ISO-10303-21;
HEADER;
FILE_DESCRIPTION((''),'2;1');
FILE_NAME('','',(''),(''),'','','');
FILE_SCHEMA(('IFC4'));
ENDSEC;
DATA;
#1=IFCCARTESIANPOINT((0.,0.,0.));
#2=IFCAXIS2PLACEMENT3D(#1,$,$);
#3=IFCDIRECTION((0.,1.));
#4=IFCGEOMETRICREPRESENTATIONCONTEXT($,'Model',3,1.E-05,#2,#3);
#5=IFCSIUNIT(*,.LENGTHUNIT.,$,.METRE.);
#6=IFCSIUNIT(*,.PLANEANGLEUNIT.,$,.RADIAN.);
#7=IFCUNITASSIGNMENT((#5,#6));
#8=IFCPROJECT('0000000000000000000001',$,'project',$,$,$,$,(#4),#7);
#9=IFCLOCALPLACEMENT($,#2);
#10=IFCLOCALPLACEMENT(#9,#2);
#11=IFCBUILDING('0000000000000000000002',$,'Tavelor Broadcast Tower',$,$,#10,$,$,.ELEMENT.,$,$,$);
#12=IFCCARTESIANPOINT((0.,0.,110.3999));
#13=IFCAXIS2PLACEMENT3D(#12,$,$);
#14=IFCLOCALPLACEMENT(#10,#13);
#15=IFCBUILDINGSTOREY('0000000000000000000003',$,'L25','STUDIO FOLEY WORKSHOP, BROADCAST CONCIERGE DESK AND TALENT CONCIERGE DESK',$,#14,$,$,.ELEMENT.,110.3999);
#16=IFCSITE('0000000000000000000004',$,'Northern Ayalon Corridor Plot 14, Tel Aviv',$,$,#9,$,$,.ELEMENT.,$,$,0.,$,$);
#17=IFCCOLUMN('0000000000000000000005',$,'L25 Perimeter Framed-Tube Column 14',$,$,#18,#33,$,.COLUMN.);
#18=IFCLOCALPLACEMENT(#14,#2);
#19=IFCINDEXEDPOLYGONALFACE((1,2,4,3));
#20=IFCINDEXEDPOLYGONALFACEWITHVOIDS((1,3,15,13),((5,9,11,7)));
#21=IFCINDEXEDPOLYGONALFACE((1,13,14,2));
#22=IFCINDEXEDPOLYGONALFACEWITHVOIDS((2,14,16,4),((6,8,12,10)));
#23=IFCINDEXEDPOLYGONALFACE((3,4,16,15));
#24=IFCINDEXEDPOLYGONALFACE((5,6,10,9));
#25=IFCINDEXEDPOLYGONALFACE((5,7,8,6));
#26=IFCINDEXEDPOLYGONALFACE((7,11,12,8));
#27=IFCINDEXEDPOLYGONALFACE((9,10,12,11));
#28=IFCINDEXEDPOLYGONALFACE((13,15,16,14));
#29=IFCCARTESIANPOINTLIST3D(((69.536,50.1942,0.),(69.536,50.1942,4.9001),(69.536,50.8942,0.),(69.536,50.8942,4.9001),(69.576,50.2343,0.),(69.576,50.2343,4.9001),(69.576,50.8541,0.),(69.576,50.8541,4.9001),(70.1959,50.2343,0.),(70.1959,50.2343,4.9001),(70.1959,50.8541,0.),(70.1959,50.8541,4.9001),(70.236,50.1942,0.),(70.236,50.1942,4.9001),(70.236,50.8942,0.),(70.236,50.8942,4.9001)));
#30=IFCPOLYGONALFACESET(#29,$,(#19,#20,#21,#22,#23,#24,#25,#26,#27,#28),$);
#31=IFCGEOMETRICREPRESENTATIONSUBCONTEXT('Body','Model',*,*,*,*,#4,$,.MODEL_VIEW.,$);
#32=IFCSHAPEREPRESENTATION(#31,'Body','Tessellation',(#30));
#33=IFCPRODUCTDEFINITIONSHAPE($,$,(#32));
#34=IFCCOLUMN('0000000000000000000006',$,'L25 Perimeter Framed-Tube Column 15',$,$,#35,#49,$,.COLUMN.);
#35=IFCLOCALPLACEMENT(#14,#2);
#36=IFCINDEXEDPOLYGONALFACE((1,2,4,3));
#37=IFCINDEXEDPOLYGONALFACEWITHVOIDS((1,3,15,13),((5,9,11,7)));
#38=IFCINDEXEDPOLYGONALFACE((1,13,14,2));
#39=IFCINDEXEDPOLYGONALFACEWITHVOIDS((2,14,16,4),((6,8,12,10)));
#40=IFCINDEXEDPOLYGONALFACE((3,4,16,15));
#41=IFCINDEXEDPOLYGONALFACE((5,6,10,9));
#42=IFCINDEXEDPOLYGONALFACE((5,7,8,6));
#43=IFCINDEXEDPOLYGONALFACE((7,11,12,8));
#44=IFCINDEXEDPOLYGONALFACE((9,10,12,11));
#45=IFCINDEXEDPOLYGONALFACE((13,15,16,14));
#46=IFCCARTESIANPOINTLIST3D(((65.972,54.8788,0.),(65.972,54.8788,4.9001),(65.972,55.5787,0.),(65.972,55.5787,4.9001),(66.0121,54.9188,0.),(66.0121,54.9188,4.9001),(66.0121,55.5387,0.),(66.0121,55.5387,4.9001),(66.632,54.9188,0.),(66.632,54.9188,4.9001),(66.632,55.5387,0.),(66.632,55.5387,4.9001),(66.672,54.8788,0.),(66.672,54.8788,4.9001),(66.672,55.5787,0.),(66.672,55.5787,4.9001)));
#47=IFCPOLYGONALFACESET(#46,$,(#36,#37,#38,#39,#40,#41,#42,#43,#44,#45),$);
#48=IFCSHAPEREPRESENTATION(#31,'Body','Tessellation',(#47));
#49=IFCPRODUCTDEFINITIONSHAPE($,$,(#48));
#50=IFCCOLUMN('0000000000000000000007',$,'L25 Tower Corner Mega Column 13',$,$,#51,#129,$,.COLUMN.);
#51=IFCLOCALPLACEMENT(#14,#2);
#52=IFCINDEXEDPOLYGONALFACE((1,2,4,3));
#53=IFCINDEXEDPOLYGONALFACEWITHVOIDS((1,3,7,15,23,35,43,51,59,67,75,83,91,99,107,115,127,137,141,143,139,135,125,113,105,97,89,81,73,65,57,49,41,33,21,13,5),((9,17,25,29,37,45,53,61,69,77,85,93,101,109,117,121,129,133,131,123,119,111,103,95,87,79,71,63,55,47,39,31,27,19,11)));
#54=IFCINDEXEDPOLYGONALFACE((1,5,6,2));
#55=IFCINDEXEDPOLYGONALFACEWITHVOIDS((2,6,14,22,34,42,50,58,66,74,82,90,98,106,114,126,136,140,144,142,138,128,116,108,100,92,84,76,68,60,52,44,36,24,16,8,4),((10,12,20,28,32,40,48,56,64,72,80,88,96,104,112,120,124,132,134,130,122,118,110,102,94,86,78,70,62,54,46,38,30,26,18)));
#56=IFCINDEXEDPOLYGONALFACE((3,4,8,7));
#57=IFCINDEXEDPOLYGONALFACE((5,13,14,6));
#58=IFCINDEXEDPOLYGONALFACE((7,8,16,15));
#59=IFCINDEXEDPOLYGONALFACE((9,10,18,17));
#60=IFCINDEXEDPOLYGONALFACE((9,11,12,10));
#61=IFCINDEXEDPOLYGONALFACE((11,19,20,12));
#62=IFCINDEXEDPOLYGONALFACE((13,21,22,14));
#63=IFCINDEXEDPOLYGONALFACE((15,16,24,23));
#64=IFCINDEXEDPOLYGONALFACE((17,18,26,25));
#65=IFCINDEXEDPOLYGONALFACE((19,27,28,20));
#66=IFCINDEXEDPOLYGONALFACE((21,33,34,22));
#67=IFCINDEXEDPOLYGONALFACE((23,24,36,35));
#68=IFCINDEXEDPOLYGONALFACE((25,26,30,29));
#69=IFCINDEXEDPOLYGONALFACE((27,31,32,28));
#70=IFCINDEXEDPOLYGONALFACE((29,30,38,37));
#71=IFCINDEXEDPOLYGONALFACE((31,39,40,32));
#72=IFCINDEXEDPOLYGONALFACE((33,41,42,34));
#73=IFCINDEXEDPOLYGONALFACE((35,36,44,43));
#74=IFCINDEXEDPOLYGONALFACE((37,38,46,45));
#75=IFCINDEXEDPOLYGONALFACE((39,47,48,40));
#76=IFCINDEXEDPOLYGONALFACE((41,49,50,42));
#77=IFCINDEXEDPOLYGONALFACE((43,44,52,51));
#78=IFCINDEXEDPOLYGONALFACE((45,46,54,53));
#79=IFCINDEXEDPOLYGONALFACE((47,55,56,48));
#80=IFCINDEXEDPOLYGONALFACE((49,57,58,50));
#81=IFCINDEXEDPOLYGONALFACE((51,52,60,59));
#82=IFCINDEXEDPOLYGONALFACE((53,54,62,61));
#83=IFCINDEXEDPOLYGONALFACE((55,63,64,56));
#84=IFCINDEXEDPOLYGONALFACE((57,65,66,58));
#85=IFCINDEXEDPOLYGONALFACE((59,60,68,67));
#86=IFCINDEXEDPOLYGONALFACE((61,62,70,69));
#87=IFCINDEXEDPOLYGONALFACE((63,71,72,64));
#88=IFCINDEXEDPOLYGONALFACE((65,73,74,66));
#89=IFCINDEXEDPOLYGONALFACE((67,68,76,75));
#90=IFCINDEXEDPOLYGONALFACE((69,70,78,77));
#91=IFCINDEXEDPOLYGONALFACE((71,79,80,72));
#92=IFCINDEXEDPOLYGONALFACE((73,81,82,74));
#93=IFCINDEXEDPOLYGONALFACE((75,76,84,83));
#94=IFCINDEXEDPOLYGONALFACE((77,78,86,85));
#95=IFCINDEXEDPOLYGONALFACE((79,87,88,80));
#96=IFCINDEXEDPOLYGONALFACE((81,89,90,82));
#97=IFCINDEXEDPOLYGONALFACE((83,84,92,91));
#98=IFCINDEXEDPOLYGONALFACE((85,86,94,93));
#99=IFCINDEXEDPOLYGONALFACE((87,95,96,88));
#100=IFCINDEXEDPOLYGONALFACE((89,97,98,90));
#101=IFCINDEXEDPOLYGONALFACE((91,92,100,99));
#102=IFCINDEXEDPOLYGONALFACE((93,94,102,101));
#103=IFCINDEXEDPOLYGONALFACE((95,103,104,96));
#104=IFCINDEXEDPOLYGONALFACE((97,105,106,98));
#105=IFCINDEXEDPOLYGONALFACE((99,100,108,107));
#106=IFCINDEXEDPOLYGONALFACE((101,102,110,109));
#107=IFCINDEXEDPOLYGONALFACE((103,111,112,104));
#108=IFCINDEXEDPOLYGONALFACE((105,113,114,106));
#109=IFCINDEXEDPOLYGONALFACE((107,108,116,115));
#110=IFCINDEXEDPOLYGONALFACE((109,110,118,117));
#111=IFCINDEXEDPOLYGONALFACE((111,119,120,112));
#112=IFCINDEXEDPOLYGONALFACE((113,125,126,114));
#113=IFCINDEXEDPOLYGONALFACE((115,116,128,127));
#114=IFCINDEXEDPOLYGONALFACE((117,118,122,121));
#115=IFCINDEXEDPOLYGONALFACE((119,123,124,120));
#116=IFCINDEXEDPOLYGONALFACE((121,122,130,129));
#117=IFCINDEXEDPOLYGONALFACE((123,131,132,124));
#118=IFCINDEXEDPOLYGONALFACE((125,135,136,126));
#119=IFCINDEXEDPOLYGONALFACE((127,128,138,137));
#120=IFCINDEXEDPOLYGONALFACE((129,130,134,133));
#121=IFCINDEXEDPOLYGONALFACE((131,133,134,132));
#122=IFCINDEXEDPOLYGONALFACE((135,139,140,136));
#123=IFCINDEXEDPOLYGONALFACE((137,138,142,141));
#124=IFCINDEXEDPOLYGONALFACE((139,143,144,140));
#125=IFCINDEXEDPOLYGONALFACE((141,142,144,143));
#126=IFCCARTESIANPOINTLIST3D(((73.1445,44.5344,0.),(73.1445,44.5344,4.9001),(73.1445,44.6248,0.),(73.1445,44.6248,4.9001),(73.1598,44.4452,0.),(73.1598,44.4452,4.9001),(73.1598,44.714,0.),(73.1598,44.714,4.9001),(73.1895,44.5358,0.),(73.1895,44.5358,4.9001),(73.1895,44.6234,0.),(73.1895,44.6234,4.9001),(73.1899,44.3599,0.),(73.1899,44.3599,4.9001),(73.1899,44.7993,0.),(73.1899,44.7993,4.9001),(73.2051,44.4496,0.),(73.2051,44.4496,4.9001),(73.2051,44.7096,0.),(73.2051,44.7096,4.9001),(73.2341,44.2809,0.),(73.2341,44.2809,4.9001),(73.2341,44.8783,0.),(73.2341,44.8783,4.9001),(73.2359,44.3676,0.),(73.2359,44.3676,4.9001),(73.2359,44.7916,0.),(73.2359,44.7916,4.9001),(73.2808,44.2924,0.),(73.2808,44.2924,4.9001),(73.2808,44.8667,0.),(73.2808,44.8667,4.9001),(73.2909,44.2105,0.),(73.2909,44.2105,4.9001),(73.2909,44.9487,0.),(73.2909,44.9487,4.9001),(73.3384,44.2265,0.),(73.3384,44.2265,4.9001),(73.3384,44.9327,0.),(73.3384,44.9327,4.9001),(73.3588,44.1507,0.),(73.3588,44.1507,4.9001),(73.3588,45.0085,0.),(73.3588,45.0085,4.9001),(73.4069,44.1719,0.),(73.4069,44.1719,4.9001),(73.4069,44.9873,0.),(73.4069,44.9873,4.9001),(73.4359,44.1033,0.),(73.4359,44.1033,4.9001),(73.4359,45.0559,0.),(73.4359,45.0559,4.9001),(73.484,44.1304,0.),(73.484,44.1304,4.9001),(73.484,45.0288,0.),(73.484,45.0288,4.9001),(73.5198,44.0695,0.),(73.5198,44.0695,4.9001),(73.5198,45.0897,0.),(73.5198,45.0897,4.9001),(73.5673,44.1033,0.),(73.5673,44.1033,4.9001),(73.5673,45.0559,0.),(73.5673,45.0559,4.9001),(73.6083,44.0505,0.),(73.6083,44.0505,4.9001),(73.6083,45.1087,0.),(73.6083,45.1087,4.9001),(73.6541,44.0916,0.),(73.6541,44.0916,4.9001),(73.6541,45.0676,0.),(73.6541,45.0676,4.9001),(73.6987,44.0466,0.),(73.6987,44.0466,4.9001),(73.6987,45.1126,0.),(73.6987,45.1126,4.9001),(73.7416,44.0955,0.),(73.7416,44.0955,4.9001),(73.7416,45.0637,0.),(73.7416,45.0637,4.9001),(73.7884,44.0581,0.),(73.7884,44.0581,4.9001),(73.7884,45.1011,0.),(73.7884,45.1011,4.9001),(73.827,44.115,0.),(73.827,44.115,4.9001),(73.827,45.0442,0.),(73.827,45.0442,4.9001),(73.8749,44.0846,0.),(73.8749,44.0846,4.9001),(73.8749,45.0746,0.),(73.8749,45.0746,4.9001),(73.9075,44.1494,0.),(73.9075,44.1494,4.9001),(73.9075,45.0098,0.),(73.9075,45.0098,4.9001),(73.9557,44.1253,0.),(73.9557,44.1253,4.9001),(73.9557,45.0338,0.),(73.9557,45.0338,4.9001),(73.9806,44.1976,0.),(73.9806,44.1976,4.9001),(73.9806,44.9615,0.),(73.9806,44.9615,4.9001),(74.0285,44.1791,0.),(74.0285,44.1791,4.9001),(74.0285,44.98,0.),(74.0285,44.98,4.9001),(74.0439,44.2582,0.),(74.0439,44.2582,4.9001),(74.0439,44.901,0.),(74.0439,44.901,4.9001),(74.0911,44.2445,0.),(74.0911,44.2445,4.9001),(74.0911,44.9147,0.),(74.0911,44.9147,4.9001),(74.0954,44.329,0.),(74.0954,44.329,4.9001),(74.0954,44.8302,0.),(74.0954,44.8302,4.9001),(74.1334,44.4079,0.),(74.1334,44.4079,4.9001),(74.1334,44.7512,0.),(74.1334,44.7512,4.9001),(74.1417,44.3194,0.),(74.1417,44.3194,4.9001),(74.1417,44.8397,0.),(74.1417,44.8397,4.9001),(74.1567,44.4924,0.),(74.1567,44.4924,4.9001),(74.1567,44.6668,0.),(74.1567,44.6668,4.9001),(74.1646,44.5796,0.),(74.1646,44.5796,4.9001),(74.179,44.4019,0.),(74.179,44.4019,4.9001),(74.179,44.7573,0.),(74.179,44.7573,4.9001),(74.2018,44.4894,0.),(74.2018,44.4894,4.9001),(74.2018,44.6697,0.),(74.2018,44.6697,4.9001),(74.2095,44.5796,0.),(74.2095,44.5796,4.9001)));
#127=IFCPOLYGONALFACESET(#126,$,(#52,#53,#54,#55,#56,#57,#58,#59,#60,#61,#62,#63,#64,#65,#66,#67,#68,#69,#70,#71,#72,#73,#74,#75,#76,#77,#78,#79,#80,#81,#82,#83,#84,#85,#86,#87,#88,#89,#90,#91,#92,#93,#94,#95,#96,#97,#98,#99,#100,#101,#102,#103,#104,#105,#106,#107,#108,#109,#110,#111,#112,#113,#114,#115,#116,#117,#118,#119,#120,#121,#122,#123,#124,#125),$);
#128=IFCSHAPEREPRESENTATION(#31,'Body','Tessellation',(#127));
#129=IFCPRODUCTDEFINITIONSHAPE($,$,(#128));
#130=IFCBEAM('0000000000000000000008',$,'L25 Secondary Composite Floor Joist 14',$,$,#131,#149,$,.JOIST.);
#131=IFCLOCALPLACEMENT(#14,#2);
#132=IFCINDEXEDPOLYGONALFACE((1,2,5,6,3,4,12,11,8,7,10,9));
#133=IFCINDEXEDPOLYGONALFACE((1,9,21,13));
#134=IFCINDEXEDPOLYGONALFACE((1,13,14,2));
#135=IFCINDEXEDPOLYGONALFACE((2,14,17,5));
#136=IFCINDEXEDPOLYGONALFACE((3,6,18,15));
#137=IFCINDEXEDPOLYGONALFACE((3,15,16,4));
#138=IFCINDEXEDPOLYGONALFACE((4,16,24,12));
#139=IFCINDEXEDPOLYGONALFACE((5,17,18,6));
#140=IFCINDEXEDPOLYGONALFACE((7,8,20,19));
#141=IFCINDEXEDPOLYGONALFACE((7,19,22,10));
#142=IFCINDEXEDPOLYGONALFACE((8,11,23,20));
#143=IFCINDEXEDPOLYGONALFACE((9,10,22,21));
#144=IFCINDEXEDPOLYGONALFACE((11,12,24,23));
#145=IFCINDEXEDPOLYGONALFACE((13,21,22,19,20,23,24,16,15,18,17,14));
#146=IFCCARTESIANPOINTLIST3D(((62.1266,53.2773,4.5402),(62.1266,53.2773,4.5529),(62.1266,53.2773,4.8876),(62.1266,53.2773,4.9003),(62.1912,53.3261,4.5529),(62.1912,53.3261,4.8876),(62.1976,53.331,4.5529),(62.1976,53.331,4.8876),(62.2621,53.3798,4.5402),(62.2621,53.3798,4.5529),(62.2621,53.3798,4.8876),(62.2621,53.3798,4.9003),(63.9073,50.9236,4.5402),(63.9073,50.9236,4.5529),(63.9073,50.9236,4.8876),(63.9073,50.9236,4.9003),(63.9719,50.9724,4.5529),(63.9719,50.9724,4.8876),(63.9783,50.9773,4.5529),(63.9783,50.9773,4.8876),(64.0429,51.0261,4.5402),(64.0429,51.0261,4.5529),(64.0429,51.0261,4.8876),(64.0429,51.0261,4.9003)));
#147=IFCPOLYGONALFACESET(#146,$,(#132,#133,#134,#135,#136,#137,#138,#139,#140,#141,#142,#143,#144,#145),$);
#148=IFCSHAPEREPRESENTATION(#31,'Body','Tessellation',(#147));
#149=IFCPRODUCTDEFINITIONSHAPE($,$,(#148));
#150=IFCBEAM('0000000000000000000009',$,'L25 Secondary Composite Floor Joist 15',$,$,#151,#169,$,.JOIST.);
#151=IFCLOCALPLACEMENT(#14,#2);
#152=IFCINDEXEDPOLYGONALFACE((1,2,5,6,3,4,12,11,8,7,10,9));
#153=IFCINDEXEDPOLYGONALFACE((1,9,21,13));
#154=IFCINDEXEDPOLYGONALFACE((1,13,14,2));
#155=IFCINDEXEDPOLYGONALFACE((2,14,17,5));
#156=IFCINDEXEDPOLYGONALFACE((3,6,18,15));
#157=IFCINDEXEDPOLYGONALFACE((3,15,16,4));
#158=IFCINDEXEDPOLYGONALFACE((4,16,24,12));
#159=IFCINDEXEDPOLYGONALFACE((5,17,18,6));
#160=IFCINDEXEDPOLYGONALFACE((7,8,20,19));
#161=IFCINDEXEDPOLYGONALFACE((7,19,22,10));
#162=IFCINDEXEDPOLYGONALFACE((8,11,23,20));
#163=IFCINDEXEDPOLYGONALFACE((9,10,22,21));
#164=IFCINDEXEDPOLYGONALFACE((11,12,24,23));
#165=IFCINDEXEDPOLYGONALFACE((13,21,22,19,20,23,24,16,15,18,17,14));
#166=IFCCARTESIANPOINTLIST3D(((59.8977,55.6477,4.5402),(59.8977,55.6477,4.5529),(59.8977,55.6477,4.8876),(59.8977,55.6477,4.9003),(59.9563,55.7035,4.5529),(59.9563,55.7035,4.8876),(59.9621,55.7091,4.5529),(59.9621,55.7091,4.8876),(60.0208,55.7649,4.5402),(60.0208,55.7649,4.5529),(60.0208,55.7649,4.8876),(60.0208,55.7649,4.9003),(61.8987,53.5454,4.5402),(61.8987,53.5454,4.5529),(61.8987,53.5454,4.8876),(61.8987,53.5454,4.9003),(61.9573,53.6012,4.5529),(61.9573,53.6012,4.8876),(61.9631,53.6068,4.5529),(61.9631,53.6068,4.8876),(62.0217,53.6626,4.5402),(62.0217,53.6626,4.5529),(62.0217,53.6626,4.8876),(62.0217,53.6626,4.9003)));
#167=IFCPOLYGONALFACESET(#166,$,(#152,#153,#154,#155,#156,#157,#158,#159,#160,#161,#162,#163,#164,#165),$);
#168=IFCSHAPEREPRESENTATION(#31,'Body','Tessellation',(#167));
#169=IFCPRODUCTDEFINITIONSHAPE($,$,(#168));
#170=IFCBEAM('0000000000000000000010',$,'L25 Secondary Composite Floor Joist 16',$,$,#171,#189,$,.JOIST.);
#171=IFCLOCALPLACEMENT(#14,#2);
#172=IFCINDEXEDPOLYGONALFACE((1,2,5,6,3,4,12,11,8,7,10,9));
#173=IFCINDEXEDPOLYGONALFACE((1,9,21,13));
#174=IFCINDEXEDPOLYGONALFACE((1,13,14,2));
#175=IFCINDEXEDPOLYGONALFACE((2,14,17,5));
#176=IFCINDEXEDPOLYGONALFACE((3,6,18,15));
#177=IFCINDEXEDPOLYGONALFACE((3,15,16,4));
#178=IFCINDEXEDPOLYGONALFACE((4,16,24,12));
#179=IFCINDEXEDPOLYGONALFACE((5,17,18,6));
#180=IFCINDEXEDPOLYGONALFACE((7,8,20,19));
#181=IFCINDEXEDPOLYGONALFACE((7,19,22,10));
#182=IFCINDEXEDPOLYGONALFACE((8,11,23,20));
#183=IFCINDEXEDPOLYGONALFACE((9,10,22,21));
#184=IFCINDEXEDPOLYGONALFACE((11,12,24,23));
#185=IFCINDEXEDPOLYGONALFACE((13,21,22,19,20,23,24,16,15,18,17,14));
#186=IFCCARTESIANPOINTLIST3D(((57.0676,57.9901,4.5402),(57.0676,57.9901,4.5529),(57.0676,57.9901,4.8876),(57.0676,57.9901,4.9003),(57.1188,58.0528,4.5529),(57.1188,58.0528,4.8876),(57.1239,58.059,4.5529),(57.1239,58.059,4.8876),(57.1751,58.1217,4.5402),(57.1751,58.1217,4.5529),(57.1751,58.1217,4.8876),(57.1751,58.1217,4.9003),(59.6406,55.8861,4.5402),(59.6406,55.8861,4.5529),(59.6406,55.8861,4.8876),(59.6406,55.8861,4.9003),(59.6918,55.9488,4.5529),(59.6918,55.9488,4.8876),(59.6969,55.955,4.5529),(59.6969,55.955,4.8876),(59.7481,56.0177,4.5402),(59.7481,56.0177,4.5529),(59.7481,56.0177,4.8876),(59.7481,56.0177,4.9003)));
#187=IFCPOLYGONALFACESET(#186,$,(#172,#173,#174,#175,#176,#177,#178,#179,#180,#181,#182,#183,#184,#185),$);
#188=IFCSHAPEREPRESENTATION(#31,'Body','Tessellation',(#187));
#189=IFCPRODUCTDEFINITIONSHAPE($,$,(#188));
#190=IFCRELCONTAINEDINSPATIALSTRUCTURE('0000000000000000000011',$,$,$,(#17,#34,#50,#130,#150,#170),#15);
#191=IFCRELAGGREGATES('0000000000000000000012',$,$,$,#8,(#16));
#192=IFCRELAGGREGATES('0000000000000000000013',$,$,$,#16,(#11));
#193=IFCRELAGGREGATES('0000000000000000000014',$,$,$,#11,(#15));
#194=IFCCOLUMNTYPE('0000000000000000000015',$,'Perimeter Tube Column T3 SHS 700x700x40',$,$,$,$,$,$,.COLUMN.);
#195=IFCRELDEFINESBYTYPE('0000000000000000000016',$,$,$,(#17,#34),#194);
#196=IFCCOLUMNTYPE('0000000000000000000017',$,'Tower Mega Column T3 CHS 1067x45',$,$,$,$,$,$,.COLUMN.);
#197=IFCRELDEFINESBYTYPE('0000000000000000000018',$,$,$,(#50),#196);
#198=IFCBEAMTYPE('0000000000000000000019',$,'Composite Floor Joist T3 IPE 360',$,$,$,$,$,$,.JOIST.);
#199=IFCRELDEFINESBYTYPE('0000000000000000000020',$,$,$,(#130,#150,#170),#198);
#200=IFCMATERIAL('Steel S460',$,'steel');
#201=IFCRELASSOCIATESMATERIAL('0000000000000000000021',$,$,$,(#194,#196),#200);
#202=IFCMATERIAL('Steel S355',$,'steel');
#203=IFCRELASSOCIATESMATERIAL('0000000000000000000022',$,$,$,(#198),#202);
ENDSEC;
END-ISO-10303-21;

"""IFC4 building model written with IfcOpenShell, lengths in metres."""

from ifc_helpers import new_model, si_unit, direction, frame, origin, origin_2d, place, context, subcontext, project, spatial, hollow_rectangle, hollow_circle, i_section, extrude, material, material_profile, profile_set, type_object, element, save


model = new_model("IFC4")

# Units and contexts
model_context = context("Model", 3, precision=1e-05, world=origin(), true_north=direction((0.0, 1.0)))
body_context = subcontext(model_context, "Body", "Model", "MODEL_VIEW")
ifc_project = project(units=[si_unit("LENGTHUNIT", "METRE"), si_unit("PLANEANGLEUNIT", "RADIAN")], contexts=[model_context])

# Site, building, storey
site_placement = place(None, origin())
site = spatial("IfcSite", under=ifc_project, at=site_placement, Name="Northern Ayalon Corridor Plot 14, Tel Aviv", CompositionType="ELEMENT", RefElevation=0.0)
building_placement = place(site_placement, origin())
building = spatial("IfcBuilding", under=site, at=building_placement, Name="Tavelor Broadcast Tower", CompositionType="ELEMENT")
storey_placement = place(building_placement, frame((0.0, 0.0, 110.3999)))
storey = spatial("IfcBuildingStorey", under=building, at=storey_placement, Name="L25", Description="STUDIO FOLEY WORKSHOP, BROADCAST CONCIERGE DESK AND TALENT CONCIERGE DESK", CompositionType="ELEMENT", Elevation=110.3999)

# Columns
ifc_material_1 = material(Name="Steel S460", Category="steel")
ifc_material_profile_1 = material_profile(ifc_material_1, hollow_rectangle(XDim=0.7, YDim=0.7, WallThickness=0.04, at=origin_2d()), Name="SHS 700x700x40")
ifc_profile_set_1 = profile_set([ifc_material_profile_1], Name="Steel S460")
column_type_1 = type_object("IfcColumnType", Name="Perimeter Tube Column T3 SHS 700x700x40", PredefinedType="COLUMN", material=ifc_profile_set_1)
for number, where, z_axis, x_axis, name in (
    (1, (69.886, 50.5442, 0.0), (0.0, 0.0, 1.0), (1.0, 0.0, 0.0), "L25 Perimeter Framed-Tube Column 14"),
    (2, (66.322, 55.2288, 0.0), (0.0, 0.0, 1.0), (1.0, 0.0, 0.0), "L25 Perimeter Framed-Tube Column 15"),
):
    element("IfcColumn", number, at=place(storey_placement, frame(where, z_axis=z_axis, x_axis=x_axis)), inside=storey, type_object=column_type_1, Name=name, PredefinedType="COLUMN", context=body_context, shape_type="SweptSolid", body=[
        extrude(hollow_rectangle(XDim=0.7, YDim=0.7, WallThickness=0.04, at=origin_2d()), origin(), (0.0, 0.0, 1.0), 4.9001),
    ])
ifc_material_profile_2 = material_profile(ifc_material_1, hollow_circle(Radius=0.5334, WallThickness=0.0449, at=origin_2d()), Name="CHS 1067x45")
ifc_profile_set_2 = profile_set([ifc_material_profile_2], Name="Steel S460")
column_type_2 = type_object("IfcColumnType", Name="Tower Mega Column T3 CHS 1067x45", PredefinedType="COLUMN", material=ifc_profile_set_2)
column_placement = place(storey_placement, frame((73.676, 44.5796, 0.0), z_axis=(0.0, 0.0, 1.0), x_axis=(1.0, 0.0, 0.0)))
element("IfcColumn", 3, at=column_placement, inside=storey, type_object=column_type_2, Name="L25 Tower Corner Mega Column 13", PredefinedType="COLUMN", context=body_context, shape_type="SweptSolid", body=[
    extrude(hollow_circle(Radius=0.5334, WallThickness=0.0449, at=origin_2d()), origin(), (0.0, 0.0, 1.0), 4.9001),
])

# Beams
ifc_material_2 = material(Name="Steel S355", Category="steel")
ifc_material_profile_3 = material_profile(ifc_material_2, i_section(OverallWidth=0.1699, OverallDepth=0.3601, WebThickness=0.0081, FlangeThickness=0.0127, at=origin_2d()), Name="IPE 360")
ifc_profile_set_3 = profile_set([ifc_material_profile_3], Name="Steel S355")
beam_type_1 = type_object("IfcBeamType", Name="Composite Floor Joist T3 IPE 360", PredefinedType="JOIST", material=ifc_profile_set_3)
beam_1_placement = place(storey_placement, frame((63.9751, 50.9749, 4.7202), z_axis=(-0.603343, 0.797482, 0.0), x_axis=(-0.797482, -0.603343, 0.0)))
element("IfcBeam", 4, at=beam_1_placement, inside=storey, type_object=beam_type_1, Name="L25 Secondary Composite Floor Joist 14", PredefinedType="JOIST", context=body_context, shape_type="SweptSolid", body=[
    extrude(i_section(OverallWidth=0.1699, OverallDepth=0.3601, WebThickness=0.0081, FlangeThickness=0.0127, at=origin_2d()), origin(), (0.0, 0.0, 1.0), 2.9514),
])
beam_2_placement = place(storey_placement, frame((61.9602, 53.604, 4.7202), z_axis=(-0.689437, 0.724346, 0.0), x_axis=(-0.724346, -0.689437, 0.0)))
element("IfcBeam", 5, at=beam_2_placement, inside=storey, type_object=beam_type_1, Name="L25 Secondary Composite Floor Joist 15", PredefinedType="JOIST", context=body_context, shape_type="SweptSolid", body=[
    extrude(i_section(OverallWidth=0.1699, OverallDepth=0.3601, WebThickness=0.0081, FlangeThickness=0.0127, at=origin_2d()), origin(), (0.0, 0.0, 1.0), 2.9023),
])
beam_3_placement = place(storey_placement, frame((59.6943, 55.9519, 4.7202), z_axis=(-0.774131, 0.633026, 0.0), x_axis=(-0.633026, -0.774131, 0.0)))
element("IfcBeam", 6, at=beam_3_placement, inside=storey, type_object=beam_type_1, Name="L25 Secondary Composite Floor Joist 16", PredefinedType="JOIST", context=body_context, shape_type="SweptSolid", body=[
    extrude(i_section(OverallWidth=0.1699, OverallDepth=0.3601, WebThickness=0.0081, FlangeThickness=0.0127, at=origin_2d()), origin(), (0.0, 0.0, 1.0), 3.3237),
])

save(model, "model.ifc")
